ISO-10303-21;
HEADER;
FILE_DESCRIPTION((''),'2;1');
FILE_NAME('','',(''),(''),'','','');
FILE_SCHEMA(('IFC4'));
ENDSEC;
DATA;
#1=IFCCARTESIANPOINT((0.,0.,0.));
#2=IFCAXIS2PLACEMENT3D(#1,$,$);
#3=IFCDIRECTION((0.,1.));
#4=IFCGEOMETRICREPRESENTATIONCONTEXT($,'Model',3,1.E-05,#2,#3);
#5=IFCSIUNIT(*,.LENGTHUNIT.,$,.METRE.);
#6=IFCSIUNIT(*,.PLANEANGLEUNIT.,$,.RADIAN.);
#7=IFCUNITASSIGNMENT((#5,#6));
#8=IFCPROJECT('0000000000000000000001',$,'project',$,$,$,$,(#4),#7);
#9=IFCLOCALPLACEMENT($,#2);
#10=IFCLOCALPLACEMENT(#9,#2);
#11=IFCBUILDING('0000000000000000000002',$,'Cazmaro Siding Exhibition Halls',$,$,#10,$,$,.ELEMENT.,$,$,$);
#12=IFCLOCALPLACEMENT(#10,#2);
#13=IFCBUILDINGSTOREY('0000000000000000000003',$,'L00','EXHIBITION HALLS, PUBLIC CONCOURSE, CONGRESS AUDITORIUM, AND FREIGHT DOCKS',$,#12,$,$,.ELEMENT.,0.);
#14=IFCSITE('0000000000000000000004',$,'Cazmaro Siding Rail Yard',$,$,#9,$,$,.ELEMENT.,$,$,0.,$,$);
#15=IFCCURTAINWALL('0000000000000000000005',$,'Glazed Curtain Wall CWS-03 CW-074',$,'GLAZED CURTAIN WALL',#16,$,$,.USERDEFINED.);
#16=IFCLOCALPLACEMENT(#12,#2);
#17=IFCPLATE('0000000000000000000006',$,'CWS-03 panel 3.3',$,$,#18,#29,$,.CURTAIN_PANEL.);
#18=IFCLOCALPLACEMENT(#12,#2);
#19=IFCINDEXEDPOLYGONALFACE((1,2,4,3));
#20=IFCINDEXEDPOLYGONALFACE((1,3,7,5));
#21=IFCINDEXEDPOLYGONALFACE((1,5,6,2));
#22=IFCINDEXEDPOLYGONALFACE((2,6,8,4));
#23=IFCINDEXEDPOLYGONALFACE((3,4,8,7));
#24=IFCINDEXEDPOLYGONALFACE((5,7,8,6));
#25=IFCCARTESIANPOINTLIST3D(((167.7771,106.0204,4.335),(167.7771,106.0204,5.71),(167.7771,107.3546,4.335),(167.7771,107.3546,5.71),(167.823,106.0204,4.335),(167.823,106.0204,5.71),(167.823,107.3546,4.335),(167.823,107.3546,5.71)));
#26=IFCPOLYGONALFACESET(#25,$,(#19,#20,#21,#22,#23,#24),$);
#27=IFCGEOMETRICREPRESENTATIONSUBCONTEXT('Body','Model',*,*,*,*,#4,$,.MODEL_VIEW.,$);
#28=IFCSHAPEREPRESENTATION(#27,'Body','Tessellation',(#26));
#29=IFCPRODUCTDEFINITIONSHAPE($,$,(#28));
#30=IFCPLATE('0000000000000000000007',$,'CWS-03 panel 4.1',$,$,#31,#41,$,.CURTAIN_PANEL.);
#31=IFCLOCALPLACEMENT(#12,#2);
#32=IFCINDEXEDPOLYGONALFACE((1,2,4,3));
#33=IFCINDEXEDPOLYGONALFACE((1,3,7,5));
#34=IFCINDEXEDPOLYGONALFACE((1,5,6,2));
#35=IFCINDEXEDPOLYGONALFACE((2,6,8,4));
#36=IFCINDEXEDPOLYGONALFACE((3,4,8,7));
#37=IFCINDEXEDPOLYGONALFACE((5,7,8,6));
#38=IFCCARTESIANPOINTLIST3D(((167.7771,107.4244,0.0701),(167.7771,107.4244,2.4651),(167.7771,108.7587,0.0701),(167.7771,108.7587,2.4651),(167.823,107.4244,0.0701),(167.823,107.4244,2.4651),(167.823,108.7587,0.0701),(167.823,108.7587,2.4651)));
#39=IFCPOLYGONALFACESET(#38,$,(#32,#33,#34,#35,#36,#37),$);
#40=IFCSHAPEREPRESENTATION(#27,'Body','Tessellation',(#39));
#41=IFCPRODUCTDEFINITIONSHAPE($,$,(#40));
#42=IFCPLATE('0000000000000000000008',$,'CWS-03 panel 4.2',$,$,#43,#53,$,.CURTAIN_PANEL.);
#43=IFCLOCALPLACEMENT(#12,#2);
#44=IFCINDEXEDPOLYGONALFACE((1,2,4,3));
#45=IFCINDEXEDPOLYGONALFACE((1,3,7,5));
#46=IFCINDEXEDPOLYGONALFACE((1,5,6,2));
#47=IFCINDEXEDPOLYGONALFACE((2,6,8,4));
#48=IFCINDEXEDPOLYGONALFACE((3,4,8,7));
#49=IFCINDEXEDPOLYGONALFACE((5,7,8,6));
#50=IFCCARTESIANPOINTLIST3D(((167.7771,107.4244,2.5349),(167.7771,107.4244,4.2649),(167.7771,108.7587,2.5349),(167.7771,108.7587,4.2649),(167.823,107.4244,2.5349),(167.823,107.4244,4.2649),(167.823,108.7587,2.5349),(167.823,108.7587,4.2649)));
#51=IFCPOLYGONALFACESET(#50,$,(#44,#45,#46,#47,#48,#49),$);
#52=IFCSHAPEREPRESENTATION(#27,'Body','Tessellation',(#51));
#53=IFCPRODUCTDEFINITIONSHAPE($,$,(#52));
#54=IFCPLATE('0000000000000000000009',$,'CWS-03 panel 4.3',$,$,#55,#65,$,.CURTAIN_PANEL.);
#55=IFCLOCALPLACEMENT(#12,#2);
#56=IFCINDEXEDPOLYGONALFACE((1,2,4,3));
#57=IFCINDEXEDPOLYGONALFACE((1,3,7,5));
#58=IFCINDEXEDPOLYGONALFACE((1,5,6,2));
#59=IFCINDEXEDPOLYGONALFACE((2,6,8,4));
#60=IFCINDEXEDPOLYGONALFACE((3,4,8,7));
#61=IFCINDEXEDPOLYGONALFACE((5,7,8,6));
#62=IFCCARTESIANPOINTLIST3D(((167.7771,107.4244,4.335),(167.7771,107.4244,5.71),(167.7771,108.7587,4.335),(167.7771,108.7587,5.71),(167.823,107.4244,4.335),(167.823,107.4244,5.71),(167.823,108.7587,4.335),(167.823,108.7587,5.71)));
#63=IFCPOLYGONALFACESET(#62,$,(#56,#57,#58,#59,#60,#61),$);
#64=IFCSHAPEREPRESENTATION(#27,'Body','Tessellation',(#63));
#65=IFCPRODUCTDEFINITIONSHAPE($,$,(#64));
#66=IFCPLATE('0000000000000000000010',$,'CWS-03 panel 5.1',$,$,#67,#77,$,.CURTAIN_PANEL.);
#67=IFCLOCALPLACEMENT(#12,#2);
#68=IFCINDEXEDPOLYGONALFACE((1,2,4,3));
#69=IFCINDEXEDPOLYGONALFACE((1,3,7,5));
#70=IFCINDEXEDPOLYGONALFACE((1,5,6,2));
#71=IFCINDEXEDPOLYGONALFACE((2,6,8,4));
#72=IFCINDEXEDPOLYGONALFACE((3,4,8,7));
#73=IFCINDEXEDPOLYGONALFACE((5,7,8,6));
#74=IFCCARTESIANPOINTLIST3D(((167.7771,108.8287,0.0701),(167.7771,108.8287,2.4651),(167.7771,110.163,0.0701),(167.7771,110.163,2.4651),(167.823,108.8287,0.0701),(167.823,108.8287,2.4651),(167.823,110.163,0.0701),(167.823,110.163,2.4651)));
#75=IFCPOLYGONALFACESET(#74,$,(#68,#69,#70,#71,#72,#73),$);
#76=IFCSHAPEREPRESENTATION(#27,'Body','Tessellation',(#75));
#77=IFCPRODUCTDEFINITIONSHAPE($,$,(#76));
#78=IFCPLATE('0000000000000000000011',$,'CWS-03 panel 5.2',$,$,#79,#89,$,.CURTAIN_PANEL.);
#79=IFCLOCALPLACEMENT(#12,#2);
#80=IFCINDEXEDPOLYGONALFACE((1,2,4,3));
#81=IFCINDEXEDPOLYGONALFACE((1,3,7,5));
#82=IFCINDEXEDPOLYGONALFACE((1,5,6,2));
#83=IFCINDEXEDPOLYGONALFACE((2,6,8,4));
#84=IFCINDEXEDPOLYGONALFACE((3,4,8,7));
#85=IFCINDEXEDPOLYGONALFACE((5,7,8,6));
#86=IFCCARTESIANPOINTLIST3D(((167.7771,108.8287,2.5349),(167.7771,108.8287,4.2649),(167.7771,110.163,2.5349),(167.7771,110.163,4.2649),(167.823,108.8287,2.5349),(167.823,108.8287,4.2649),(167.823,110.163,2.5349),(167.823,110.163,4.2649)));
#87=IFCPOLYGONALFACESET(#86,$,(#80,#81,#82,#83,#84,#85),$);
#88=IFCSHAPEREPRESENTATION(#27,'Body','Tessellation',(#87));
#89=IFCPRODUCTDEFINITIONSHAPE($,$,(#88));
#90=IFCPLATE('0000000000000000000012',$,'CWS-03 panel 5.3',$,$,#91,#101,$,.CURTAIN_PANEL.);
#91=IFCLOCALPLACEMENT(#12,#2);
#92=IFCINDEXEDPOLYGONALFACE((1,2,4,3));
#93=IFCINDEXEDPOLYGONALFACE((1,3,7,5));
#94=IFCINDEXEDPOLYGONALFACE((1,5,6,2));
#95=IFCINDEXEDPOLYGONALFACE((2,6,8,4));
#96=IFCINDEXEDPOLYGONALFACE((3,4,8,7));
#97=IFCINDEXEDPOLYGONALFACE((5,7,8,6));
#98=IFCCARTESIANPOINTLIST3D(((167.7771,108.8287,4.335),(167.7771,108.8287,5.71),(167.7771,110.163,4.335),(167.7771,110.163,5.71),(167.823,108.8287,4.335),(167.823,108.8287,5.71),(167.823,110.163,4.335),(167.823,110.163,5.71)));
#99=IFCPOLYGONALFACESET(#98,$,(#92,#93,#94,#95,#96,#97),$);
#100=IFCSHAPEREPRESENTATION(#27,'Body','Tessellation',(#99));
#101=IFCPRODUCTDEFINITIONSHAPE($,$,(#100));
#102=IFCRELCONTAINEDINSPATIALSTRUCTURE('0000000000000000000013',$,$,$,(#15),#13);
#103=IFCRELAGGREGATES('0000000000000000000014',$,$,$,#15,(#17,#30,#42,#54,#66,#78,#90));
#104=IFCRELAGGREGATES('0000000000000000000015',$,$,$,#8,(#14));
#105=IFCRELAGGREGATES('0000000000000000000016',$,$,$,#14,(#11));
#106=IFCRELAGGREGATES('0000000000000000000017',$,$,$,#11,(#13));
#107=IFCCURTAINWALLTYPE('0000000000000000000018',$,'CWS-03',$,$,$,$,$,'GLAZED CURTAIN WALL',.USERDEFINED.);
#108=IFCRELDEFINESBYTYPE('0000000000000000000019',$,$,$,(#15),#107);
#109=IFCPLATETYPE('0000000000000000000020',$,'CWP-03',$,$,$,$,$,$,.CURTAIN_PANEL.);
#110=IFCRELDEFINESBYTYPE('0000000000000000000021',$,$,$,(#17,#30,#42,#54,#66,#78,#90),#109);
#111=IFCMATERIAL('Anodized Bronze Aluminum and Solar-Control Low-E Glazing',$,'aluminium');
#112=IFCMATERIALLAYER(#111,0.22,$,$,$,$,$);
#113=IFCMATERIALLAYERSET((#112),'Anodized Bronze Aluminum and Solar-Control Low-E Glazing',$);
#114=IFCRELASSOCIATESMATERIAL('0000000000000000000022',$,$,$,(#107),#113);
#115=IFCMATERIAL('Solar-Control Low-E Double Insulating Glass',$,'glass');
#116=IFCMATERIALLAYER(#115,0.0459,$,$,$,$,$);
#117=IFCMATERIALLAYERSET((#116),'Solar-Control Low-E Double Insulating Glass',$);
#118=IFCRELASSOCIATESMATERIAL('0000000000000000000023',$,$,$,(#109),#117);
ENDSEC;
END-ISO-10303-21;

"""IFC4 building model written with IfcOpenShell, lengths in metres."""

from ifc_helpers import new_model, si_unit, direction, frame, origin, origin_2d, place, context, subcontext, project, spatial, rectangle, extrude, material, layer, layer_set, type_object, element, aggregate, save


model = new_model("IFC4")

# Units and contexts
model_context = context("Model", 3, precision=1e-05, world=origin(), true_north=direction((0.0, 1.0)))
body_context = subcontext(model_context, "Body", "Model", "MODEL_VIEW")
ifc_project = project(units=[si_unit("LENGTHUNIT", "METRE"), si_unit("PLANEANGLEUNIT", "RADIAN")], contexts=[model_context])

# Site, building, storey
site_placement = place(None, origin())
site = spatial("IfcSite", under=ifc_project, at=site_placement, Name="Cazmaro Siding Rail Yard", CompositionType="ELEMENT", RefElevation=0.0)
building_placement = place(site_placement, origin())
building = spatial("IfcBuilding", under=site, at=building_placement, Name="Cazmaro Siding Exhibition Halls", CompositionType="ELEMENT")
storey_placement = place(building_placement, origin())
storey = spatial("IfcBuildingStorey", under=building, at=storey_placement, Name="L00", Description="EXHIBITION HALLS, PUBLIC CONCOURSE, CONGRESS AUDITORIUM, AND FREIGHT DOCKS", CompositionType="ELEMENT", Elevation=0.0)

# Curtain wall, plates
ifc_material_1 = material(Name="Anodized Bronze Aluminum and Solar-Control Low-E Glazing", Category="aluminium")
ifc_layer_1 = layer(ifc_material_1, 0.22)
ifc_layer_set_1 = layer_set([ifc_layer_1], Name="Anodized Bronze Aluminum and Solar-Control Low-E Glazing")
curtain_wall_type = type_object("IfcCurtainWallType", Name="CWS-03", ElementType="GLAZED CURTAIN WALL", PredefinedType="USERDEFINED", material=ifc_layer_set_1)
curtain_wall_placement = place(storey_placement, origin())
curtain_wall = element("IfcCurtainWall", 1, at=curtain_wall_placement, inside=storey, type_object=curtain_wall_type, Name="Glazed Curtain Wall CWS-03 CW-074", ObjectType="GLAZED CURTAIN WALL", PredefinedType="USERDEFINED")
ifc_material_2 = material(Name="Solar-Control Low-E Double Insulating Glass", Category="glass")
ifc_layer_2 = layer(ifc_material_2, 0.0459)
ifc_layer_set_2 = layer_set([ifc_layer_2], Name="Solar-Control Low-E Double Insulating Glass")
plate_type = type_object("IfcPlateType", Name="CWP-03", PredefinedType="CURTAIN_PANEL", material=ifc_layer_set_2)
plate_1_placement = place(storey_placement, frame((167.8, 106.6875, 4.335), z_axis=(0.0, 0.0, 1.0), x_axis=(0.0, 1.0, 0.0)))
plate_1 = element("IfcPlate", 2, at=plate_1_placement, type_object=plate_type, Name="CWS-03 panel 3.3", PredefinedType="CURTAIN_PANEL", context=body_context, shape_type="SweptSolid", body=[
    extrude(rectangle(XDim=1.3342, YDim=0.0459, at=origin_2d()), origin(), (0.0, 0.0, 1.0), 1.375),
])
plate_2_placement = place(storey_placement, frame((167.8, 108.0916, 0.0701), z_axis=(0.0, 0.0, 1.0), x_axis=(0.0, 1.0, 0.0)))
plate_2 = element("IfcPlate", 3, at=plate_2_placement, type_object=plate_type, Name="CWS-03 panel 4.1", PredefinedType="CURTAIN_PANEL", context=body_context, shape_type="SweptSolid", body=[
    extrude(rectangle(XDim=1.3342, YDim=0.0459, at=origin_2d()), origin(), (0.0, 0.0, 1.0), 2.395),
])
plate_3_placement = place(storey_placement, frame((167.8, 108.0916, 2.5349), z_axis=(0.0, 0.0, 1.0), x_axis=(0.0, 1.0, 0.0)))
plate_3 = element("IfcPlate", 4, at=plate_3_placement, type_object=plate_type, Name="CWS-03 panel 4.2", PredefinedType="CURTAIN_PANEL", context=body_context, shape_type="SweptSolid", body=[
    extrude(rectangle(XDim=1.3342, YDim=0.0459, at=origin_2d()), origin(), (0.0, 0.0, 1.0), 1.73),
])
plate_4_placement = place(storey_placement, frame((167.8, 108.0916, 4.335), z_axis=(0.0, 0.0, 1.0), x_axis=(0.0, 1.0, 0.0)))
plate_4 = element("IfcPlate", 5, at=plate_4_placement, type_object=plate_type, Name="CWS-03 panel 4.3", PredefinedType="CURTAIN_PANEL", context=body_context, shape_type="SweptSolid", body=[
    extrude(rectangle(XDim=1.3342, YDim=0.0459, at=origin_2d()), origin(), (0.0, 0.0, 1.0), 1.375),
])
plate_5_placement = place(storey_placement, frame((167.8, 109.4958, 0.0701), z_axis=(0.0, 0.0, 1.0), x_axis=(0.0, 1.0, 0.0)))
plate_5 = element("IfcPlate", 6, at=plate_5_placement, type_object=plate_type, Name="CWS-03 panel 5.1", PredefinedType="CURTAIN_PANEL", context=body_context, shape_type="SweptSolid", body=[
    extrude(rectangle(XDim=1.3342, YDim=0.0459, at=origin_2d()), origin(), (0.0, 0.0, 1.0), 2.395),
])
plate_6_placement = place(storey_placement, frame((167.8, 109.4958, 2.5349), z_axis=(0.0, 0.0, 1.0), x_axis=(0.0, 1.0, 0.0)))
plate_6 = element("IfcPlate", 7, at=plate_6_placement, type_object=plate_type, Name="CWS-03 panel 5.2", PredefinedType="CURTAIN_PANEL", context=body_context, shape_type="SweptSolid", body=[
    extrude(rectangle(XDim=1.3342, YDim=0.0459, at=origin_2d()), origin(), (0.0, 0.0, 1.0), 1.73),
])
plate_7_placement = place(storey_placement, frame((167.8, 109.4958, 4.335), z_axis=(0.0, 0.0, 1.0), x_axis=(0.0, 1.0, 0.0)))
plate_7 = element("IfcPlate", 8, at=plate_7_placement, type_object=plate_type, Name="CWS-03 panel 5.3", PredefinedType="CURTAIN_PANEL", context=body_context, shape_type="SweptSolid", body=[
    extrude(rectangle(XDim=1.3342, YDim=0.0459, at=origin_2d()), origin(), (0.0, 0.0, 1.0), 1.375),
])
aggregate(curtain_wall, [plate_1, plate_2, plate_3, plate_4, plate_5, plate_6, plate_7])

save(model, "model.ifc")
